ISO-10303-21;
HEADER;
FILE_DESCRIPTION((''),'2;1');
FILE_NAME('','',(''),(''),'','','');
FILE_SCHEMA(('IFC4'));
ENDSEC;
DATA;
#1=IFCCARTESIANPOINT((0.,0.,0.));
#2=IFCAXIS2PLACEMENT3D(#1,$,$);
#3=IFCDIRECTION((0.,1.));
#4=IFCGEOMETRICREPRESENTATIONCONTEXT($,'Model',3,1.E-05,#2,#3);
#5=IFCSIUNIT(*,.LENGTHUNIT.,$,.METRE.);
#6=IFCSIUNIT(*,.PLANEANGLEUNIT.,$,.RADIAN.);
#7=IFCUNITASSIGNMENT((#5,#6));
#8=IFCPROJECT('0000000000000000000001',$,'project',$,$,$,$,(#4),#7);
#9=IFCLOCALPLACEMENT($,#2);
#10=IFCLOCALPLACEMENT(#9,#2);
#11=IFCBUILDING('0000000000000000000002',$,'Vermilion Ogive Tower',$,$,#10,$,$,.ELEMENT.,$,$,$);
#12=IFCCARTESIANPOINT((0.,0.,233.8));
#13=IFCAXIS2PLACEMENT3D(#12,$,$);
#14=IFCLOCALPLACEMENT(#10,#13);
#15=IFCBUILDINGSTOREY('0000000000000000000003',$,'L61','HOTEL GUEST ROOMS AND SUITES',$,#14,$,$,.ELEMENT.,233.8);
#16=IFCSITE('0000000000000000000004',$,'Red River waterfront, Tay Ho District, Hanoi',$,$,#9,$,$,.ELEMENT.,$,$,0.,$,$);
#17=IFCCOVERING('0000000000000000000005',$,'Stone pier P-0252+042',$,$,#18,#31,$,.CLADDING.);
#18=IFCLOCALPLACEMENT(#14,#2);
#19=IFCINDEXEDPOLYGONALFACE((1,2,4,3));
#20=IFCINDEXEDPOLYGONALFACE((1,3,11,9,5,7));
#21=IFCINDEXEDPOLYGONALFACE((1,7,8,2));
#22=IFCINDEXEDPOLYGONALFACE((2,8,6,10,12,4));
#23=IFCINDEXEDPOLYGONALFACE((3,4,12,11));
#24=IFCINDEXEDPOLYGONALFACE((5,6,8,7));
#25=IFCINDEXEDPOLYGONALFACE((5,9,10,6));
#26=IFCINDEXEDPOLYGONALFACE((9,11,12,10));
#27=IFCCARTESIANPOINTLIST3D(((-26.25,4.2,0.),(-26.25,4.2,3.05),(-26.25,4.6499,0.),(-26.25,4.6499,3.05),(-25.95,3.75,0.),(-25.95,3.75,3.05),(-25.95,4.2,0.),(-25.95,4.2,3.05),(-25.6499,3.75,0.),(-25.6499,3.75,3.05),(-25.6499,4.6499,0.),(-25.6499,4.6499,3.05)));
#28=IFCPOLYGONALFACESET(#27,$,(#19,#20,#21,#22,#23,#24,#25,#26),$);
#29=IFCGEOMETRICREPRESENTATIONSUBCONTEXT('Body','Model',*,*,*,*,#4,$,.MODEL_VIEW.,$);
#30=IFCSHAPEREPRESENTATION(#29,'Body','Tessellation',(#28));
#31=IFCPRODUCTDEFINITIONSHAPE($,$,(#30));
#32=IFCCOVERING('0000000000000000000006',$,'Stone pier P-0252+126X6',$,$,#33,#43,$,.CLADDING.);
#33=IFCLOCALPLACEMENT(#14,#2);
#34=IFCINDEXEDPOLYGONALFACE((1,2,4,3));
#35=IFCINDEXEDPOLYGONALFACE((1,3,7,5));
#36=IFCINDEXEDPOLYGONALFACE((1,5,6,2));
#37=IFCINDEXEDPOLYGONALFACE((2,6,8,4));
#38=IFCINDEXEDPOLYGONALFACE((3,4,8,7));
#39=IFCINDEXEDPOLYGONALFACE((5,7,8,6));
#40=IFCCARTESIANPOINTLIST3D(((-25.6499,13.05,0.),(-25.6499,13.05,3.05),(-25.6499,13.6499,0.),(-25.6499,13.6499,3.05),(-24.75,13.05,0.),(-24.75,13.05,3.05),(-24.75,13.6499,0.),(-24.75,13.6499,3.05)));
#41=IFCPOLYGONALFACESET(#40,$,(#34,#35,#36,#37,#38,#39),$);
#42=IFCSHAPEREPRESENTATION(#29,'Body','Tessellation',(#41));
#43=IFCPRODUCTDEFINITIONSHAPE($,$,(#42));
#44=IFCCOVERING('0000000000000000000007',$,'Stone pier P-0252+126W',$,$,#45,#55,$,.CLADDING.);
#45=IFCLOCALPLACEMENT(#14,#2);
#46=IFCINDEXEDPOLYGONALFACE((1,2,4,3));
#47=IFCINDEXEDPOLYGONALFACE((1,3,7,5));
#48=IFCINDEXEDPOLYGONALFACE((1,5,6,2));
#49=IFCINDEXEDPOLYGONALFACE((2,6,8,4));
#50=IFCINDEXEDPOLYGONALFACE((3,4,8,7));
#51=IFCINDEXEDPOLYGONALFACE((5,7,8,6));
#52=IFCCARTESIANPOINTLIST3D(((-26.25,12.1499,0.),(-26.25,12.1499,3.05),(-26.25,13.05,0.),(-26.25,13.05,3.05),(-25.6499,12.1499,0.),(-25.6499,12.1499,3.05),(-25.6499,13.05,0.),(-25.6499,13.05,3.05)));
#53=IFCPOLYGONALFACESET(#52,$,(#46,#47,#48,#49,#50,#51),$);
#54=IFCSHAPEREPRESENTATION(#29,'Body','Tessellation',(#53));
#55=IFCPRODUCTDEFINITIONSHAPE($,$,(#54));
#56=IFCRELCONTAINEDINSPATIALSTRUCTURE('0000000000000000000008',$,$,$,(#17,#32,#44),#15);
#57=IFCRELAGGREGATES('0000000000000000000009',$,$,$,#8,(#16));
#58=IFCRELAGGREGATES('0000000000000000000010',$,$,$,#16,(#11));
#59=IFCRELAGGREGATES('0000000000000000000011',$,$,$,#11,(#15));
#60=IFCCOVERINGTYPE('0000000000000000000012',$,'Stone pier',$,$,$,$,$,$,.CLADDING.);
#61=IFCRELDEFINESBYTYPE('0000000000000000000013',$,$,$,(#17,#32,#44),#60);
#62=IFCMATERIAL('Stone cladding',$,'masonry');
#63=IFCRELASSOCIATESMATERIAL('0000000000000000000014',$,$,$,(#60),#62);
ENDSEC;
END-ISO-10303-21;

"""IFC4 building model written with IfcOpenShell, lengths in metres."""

from ifc_helpers import new_model, si_unit, direction, frame, origin, place, context, subcontext, project, spatial, polyline, outline, extrude, material, type_object, element, save


model = new_model("IFC4")

# Units and contexts
model_context = context("Model", 3, precision=1e-05, world=origin(), true_north=direction((0.0, 1.0)))
body_context = subcontext(model_context, "Body", "Model", "MODEL_VIEW")
ifc_project = project(units=[si_unit("LENGTHUNIT", "METRE"), si_unit("PLANEANGLEUNIT", "RADIAN")], contexts=[model_context])

# Site, building, storey
site_placement = place(None, origin())
site = spatial("IfcSite", under=ifc_project, at=site_placement, Name="Red River waterfront, Tay Ho District, Hanoi", CompositionType="ELEMENT", RefElevation=0.0)
building_placement = place(site_placement, origin())
building = spatial("IfcBuilding", under=site, at=building_placement, Name="Vermilion Ogive Tower", CompositionType="ELEMENT")
storey_placement = place(building_placement, frame((0.0, 0.0, 233.8)))
storey = spatial("IfcBuildingStorey", under=building, at=storey_placement, Name="L61", Description="HOTEL GUEST ROOMS AND SUITES", CompositionType="ELEMENT", Elevation=233.8)

# Coverings
ifc_material_1 = material(Name="Stone cladding", Category="masonry")
covering_type_1 = type_object("IfcCoveringType", Name="Stone pier", PredefinedType="CLADDING", material=ifc_material_1)
covering_1_placement = place(storey_placement, origin())
element("IfcCovering", 1, at=covering_1_placement, inside=storey, type_object=covering_type_1, Name="Stone pier P-0252+042", PredefinedType="CLADDING", context=body_context, shape_type="SweptSolid", body=[
    extrude(outline(polyline([(-25.95, 3.75), (-25.95, 4.2), (-26.25, 4.2), (-26.25, 4.6499), (-25.6499, 4.6499), (-25.6499, 3.75), (-25.95, 3.75)])), origin(), (0.0, 0.0, 1.0), 3.05),
])
covering_2_placement = place(storey_placement, origin())
element("IfcCovering", 2, at=covering_2_placement, inside=storey, type_object=covering_type_1, Name="Stone pier P-0252+126X6", PredefinedType="CLADDING", context=body_context, shape_type="SweptSolid", body=[
    extrude(outline(polyline([(-25.6499, 13.05), (-25.6499, 13.6499), (-24.75, 13.6499), (-24.75, 13.05), (-24.75, 13.05), (-25.6499, 13.05)])), origin(), (0.0, 0.0, 1.0), 3.05),
])
covering_3_placement = place(storey_placement, origin())
element("IfcCovering", 3, at=covering_3_placement, inside=storey, type_object=covering_type_1, Name="Stone pier P-0252+126W", PredefinedType="CLADDING", context=body_context, shape_type="SweptSolid", body=[
    extrude(outline(polyline([(-26.25, 13.05), (-25.6499, 13.05), (-25.6499, 12.1499), (-26.25, 12.1499), (-26.25, 13.05)])), origin(), (0.0, 0.0, 1.0), 3.05),
])

save(model, "model.ifc")
